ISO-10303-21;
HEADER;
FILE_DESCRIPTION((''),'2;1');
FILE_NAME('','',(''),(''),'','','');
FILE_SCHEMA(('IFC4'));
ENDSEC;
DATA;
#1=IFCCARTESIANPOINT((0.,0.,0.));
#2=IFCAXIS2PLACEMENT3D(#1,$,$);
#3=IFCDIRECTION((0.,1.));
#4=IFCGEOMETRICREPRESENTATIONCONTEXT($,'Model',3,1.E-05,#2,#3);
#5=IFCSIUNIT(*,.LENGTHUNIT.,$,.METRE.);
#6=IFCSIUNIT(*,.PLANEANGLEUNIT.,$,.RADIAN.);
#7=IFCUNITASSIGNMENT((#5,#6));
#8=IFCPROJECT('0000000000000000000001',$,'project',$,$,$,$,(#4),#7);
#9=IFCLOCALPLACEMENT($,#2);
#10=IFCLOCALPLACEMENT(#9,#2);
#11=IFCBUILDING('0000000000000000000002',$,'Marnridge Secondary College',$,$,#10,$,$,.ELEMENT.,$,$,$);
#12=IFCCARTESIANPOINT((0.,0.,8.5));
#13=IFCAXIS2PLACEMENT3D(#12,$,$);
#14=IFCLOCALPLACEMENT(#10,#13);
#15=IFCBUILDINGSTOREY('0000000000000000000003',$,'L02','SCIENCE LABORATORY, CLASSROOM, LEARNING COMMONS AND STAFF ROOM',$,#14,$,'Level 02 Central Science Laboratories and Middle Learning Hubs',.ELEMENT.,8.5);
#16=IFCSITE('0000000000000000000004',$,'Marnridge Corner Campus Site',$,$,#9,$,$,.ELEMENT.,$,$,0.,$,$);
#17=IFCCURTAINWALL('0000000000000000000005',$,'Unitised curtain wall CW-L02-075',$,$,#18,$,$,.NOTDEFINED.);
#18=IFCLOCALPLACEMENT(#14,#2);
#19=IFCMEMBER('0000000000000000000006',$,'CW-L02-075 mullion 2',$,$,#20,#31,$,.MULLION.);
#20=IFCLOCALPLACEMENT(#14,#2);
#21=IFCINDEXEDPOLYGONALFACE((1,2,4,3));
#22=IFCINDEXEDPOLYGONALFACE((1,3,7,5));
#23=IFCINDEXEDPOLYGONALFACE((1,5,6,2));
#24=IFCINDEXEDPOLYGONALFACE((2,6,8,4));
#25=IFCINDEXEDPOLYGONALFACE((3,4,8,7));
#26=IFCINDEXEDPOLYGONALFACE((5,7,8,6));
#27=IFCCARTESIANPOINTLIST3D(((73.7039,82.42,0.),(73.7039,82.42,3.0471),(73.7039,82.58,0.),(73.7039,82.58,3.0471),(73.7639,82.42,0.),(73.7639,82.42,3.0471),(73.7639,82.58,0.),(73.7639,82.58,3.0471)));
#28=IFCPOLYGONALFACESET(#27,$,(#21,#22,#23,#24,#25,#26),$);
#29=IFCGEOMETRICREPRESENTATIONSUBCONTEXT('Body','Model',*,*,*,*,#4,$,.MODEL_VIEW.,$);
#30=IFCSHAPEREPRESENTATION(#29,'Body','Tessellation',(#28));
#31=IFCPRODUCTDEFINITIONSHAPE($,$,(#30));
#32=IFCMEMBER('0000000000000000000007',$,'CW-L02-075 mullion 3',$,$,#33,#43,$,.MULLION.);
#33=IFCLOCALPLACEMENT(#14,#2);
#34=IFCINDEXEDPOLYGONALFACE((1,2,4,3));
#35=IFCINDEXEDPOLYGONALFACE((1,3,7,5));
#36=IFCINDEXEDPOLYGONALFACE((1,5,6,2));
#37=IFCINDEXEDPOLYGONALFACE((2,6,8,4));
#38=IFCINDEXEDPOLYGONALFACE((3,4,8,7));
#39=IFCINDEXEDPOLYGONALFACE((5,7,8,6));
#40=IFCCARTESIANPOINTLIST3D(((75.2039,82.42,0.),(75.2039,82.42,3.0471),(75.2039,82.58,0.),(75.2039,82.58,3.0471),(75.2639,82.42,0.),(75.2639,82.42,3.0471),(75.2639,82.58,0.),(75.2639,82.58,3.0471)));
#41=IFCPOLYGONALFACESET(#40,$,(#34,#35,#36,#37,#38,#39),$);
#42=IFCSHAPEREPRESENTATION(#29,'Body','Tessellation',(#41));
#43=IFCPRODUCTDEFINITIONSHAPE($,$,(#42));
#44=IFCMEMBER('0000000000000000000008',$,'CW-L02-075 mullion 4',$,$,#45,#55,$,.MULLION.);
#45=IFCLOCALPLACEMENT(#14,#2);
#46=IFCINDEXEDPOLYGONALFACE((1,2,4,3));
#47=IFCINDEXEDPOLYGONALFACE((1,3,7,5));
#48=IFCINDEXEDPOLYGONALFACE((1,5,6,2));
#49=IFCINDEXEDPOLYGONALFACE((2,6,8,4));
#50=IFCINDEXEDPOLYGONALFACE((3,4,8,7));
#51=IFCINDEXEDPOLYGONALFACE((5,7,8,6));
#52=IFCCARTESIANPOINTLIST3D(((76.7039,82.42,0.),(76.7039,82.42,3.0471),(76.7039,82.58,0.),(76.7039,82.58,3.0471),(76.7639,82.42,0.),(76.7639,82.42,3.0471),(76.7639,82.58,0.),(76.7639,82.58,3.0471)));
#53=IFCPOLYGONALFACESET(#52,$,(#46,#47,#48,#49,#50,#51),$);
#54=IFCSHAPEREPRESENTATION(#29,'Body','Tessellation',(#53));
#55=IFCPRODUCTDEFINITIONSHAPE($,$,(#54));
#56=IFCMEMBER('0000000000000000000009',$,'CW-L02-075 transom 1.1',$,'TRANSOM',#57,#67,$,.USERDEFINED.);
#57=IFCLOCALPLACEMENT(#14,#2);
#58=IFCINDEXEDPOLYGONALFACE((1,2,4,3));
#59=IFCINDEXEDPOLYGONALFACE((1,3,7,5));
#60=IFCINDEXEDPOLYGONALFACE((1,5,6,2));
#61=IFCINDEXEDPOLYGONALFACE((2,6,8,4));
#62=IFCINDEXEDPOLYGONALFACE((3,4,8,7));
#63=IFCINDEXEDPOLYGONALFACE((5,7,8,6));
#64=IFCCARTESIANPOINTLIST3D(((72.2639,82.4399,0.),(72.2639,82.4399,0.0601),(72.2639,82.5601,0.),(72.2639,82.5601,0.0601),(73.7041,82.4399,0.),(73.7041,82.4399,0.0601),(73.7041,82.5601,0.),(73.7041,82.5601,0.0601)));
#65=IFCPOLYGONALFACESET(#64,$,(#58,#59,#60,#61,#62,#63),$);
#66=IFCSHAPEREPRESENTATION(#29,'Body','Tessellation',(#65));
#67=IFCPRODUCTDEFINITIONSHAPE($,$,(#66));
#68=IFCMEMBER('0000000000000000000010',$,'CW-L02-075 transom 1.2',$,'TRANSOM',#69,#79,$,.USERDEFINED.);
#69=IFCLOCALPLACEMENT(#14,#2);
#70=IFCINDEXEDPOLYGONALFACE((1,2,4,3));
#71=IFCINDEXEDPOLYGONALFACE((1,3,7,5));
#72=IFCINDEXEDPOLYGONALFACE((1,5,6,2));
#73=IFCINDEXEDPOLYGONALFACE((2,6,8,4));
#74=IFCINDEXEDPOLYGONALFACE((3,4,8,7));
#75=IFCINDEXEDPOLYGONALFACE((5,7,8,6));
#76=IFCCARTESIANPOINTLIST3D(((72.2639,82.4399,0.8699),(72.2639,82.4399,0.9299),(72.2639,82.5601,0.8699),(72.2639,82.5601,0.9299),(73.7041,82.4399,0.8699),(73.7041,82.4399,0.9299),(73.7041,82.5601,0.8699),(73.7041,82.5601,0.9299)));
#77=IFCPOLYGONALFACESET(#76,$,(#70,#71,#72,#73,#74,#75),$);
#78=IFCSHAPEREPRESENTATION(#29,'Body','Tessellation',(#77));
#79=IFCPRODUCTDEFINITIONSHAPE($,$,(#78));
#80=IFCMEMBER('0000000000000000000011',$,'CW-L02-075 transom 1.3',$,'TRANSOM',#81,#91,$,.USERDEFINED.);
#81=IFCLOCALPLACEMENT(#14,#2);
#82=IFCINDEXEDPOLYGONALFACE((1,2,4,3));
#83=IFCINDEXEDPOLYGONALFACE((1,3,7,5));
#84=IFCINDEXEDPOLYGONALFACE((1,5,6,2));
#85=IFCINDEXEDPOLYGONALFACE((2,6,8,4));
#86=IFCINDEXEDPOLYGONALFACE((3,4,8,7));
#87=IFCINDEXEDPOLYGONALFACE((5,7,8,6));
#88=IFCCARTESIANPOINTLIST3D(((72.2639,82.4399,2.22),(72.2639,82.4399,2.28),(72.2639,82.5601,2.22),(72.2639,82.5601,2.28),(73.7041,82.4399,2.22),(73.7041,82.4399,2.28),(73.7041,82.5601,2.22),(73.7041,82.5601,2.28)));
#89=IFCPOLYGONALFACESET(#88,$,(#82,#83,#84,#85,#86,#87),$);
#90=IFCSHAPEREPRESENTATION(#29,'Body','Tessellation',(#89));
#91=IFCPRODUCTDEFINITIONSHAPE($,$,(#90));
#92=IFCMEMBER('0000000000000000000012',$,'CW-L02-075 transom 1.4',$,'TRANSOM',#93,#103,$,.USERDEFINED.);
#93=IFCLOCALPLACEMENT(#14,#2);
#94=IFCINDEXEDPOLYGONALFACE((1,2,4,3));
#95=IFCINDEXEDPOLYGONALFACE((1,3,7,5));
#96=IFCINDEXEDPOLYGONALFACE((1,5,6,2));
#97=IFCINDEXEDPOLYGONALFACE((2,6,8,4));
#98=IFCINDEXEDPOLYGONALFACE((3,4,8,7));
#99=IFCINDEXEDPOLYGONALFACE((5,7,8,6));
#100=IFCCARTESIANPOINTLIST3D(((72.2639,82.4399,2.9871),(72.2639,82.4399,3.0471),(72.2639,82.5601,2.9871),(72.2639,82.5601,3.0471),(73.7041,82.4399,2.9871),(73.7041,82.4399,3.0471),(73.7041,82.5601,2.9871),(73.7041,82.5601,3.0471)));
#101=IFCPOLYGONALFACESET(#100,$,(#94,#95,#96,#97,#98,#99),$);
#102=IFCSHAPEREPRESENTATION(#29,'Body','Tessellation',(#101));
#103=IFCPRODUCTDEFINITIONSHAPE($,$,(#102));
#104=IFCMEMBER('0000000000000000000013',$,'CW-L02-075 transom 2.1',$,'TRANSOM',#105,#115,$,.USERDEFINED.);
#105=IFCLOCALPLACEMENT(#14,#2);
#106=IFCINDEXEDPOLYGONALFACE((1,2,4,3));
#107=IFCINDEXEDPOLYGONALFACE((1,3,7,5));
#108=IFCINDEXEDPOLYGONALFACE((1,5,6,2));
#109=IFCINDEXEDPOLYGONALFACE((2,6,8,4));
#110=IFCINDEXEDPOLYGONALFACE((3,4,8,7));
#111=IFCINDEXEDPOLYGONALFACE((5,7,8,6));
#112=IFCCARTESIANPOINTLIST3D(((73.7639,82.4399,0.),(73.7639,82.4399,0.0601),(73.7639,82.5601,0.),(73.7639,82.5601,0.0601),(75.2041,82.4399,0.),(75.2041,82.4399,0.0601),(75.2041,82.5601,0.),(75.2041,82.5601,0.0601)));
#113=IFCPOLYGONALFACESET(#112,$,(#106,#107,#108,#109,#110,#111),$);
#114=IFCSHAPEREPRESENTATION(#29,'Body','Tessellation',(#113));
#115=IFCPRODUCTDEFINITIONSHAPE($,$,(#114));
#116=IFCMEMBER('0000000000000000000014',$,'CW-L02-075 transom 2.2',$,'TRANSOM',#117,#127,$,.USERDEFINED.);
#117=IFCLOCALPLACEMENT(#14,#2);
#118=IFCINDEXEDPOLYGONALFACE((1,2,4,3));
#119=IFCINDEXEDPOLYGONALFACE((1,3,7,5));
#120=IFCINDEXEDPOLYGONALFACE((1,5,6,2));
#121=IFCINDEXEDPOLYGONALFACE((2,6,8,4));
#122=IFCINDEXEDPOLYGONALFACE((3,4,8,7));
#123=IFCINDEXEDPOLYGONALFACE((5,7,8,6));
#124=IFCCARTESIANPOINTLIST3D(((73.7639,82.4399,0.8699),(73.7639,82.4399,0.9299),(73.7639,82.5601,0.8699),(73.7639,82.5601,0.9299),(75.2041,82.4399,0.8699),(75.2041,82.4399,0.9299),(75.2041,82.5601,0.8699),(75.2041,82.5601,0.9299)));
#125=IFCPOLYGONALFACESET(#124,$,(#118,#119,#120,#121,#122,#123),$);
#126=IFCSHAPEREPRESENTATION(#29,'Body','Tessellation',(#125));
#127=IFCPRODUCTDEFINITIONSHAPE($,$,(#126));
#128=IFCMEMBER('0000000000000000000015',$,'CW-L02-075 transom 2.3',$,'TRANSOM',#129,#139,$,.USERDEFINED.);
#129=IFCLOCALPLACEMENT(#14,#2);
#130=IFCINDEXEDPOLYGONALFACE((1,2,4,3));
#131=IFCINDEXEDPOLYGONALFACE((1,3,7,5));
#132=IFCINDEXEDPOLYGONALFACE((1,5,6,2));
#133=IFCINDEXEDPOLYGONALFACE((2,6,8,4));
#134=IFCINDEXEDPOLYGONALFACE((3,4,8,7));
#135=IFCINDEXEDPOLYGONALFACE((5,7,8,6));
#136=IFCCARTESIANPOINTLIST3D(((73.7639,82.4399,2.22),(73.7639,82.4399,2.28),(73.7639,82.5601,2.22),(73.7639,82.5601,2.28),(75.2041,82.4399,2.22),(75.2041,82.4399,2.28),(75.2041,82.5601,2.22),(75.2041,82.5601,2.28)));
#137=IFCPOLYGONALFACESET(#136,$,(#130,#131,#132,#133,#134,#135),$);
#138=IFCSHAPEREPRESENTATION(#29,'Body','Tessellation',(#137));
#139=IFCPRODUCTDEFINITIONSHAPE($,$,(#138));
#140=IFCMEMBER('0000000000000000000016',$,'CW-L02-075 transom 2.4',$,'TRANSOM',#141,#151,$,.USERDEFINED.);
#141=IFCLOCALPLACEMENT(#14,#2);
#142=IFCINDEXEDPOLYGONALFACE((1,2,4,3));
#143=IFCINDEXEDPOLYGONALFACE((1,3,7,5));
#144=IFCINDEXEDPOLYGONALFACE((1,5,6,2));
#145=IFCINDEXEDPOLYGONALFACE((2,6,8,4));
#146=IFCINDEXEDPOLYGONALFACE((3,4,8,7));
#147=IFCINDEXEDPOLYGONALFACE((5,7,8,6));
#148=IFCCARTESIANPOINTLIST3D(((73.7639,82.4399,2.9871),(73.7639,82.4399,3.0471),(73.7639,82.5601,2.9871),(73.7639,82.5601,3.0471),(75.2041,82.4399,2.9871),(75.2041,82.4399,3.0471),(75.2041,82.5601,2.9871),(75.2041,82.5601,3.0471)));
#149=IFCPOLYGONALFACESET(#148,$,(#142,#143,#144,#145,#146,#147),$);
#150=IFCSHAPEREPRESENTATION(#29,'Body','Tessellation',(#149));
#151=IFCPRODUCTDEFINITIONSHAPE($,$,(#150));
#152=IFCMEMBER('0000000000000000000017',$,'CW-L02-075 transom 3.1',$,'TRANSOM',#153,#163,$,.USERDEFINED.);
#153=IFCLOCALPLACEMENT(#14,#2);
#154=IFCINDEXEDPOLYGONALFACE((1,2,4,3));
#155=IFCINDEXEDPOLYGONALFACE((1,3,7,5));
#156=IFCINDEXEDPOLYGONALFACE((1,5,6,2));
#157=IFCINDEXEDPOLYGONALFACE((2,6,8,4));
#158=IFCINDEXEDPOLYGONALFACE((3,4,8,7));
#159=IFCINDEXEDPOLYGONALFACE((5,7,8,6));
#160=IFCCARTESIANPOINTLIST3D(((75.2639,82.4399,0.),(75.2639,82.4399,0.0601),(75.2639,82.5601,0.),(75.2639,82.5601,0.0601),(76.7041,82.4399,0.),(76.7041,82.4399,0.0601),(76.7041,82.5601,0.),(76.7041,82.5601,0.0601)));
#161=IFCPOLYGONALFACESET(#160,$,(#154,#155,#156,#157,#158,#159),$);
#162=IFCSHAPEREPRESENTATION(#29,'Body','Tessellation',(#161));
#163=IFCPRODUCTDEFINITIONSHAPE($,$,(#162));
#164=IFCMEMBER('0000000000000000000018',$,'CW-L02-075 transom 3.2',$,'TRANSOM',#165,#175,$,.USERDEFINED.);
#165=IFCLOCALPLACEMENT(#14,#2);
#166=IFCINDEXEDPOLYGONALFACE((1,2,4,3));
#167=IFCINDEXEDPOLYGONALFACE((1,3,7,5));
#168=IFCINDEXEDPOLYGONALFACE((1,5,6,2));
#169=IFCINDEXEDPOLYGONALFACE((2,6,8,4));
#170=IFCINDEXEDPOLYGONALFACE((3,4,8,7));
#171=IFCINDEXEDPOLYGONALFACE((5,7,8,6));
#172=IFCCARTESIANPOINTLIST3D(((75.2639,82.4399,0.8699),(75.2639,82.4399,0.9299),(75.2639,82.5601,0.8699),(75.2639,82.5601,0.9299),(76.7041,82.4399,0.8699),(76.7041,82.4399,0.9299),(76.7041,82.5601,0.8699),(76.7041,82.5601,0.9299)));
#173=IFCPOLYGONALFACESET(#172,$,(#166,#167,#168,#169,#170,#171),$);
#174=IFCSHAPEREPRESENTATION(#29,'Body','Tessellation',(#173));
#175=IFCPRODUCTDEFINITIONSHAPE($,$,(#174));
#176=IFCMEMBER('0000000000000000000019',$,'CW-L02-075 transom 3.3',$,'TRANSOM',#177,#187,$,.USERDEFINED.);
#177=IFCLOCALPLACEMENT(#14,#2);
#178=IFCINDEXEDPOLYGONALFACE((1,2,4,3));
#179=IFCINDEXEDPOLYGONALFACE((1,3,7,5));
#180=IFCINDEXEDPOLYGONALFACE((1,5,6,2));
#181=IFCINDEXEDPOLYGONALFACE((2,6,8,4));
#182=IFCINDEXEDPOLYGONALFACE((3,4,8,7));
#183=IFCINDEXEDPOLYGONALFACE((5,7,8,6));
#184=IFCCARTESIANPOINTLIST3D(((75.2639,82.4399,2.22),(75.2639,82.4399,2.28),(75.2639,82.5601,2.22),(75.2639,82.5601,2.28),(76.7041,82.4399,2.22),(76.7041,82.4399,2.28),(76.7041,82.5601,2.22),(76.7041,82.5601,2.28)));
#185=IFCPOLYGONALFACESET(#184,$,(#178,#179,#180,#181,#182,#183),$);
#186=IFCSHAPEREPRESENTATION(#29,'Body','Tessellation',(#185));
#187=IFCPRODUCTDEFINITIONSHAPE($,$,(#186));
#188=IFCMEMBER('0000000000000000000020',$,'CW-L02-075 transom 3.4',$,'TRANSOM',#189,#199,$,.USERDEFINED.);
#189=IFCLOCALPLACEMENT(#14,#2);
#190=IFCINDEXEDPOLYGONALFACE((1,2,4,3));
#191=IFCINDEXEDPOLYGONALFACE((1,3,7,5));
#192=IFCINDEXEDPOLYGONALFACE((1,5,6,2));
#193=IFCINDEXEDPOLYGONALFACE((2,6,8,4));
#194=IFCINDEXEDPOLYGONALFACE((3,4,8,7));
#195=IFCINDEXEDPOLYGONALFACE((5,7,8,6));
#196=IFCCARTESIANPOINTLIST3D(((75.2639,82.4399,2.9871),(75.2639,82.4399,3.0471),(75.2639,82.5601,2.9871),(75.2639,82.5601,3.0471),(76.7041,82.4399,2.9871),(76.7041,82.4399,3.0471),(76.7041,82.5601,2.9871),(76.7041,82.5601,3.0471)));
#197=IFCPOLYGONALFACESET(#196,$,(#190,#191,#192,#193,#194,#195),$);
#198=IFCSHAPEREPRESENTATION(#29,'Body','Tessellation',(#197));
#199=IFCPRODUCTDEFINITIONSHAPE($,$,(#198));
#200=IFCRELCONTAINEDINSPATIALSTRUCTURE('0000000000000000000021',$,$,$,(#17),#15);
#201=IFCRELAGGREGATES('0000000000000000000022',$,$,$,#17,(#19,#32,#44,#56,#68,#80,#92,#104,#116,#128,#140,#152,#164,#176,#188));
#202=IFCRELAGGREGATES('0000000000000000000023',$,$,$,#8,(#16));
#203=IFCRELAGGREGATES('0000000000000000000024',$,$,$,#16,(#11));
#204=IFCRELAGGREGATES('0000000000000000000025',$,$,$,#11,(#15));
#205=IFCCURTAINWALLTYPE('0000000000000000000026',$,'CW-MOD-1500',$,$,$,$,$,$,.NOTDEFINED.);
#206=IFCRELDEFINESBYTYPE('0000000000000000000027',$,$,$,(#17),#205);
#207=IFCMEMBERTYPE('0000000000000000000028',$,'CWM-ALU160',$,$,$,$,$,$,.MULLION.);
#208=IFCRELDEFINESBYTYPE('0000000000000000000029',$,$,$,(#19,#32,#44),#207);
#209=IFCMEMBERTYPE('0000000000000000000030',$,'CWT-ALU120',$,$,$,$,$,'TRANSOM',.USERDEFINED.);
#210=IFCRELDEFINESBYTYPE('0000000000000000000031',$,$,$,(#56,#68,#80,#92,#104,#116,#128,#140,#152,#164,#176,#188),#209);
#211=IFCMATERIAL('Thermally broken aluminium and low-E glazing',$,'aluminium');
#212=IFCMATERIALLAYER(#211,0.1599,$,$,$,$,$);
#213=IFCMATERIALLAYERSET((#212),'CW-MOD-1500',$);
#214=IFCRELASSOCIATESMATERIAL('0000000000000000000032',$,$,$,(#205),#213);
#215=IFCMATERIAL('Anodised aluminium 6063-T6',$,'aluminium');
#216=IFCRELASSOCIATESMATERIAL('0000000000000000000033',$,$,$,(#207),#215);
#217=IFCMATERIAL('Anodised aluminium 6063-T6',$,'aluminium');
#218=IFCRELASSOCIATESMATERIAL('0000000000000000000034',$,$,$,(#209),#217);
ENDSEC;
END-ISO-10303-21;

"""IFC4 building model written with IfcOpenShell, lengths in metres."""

from ifc_helpers import new_model, si_unit, direction, frame, origin, origin_2d, place, context, subcontext, project, spatial, rectangle, extrude, material, layer, layer_set, material_profile, profile_set, type_object, element, aggregate, save


model = new_model("IFC4")

# Units and contexts
model_context = context("Model", 3, precision=1e-05, world=origin(), true_north=direction((0.0, 1.0)))
body_context = subcontext(model_context, "Body", "Model", "MODEL_VIEW")
ifc_project = project(units=[si_unit("LENGTHUNIT", "METRE"), si_unit("PLANEANGLEUNIT", "RADIAN")], contexts=[model_context])

# Site, building, storey
site_placement = place(None, origin())
site = spatial("IfcSite", under=ifc_project, at=site_placement, Name="Marnridge Corner Campus Site", CompositionType="ELEMENT", RefElevation=0.0)
building_placement = place(site_placement, origin())
building = spatial("IfcBuilding", under=site, at=building_placement, Name="Marnridge Secondary College", CompositionType="ELEMENT")
storey_placement = place(building_placement, frame((0.0, 0.0, 8.5)))
storey = spatial("IfcBuildingStorey", under=building, at=storey_placement, Name="L02", Description="SCIENCE LABORATORY, CLASSROOM, LEARNING COMMONS AND STAFF ROOM", LongName="Level 02 Central Science Laboratories and Middle Learning Hubs", CompositionType="ELEMENT", Elevation=8.5)

# Curtain wall, members
ifc_material_1 = material(Name="Thermally broken aluminium and low-E glazing", Category="aluminium")
ifc_layer_1 = layer(ifc_material_1, 0.1599)
ifc_layer_set_1 = layer_set([ifc_layer_1], Name="CW-MOD-1500")
curtain_wall_type = type_object("IfcCurtainWallType", Name="CW-MOD-1500", PredefinedType="NOTDEFINED", material=ifc_layer_set_1)
curtain_wall_placement = place(storey_placement, origin())
curtain_wall = element("IfcCurtainWall", 1, at=curtain_wall_placement, inside=storey, type_object=curtain_wall_type, Name="Unitised curtain wall CW-L02-075", PredefinedType="NOTDEFINED")
ifc_material_2 = material(Name="Anodised aluminium 6063-T6", Category="aluminium")
ifc_material_profile_1 = material_profile(ifc_material_2, rectangle(XDim=0.0601, YDim=0.1599, at=origin_2d()), Name="ALU 60x160")
ifc_profile_set_1 = profile_set([ifc_material_profile_1], Name="Anodised aluminium 6063-T6")
member_type_1 = type_object("IfcMemberType", Name="CWM-ALU160", PredefinedType="MULLION", material=ifc_profile_set_1)
member_1_placement = place(storey_placement, frame((73.7339, 82.5, 0.0), z_axis=(0.0, 0.0, 1.0), x_axis=(1.0, 0.0, 0.0)))
member_1 = element("IfcMember", 2, at=member_1_placement, type_object=member_type_1, Name="CW-L02-075 mullion 2", PredefinedType="MULLION", context=body_context, shape_type="SweptSolid", body=[
    extrude(rectangle(XDim=0.0601, YDim=0.1599, at=origin_2d()), origin(), (0.0, 0.0, 1.0), 3.0471),
])
member_2_placement = place(storey_placement, frame((75.2339, 82.5, 0.0), z_axis=(0.0, 0.0, 1.0), x_axis=(1.0, 0.0, 0.0)))
member_2 = element("IfcMember", 3, at=member_2_placement, type_object=member_type_1, Name="CW-L02-075 mullion 3", PredefinedType="MULLION", context=body_context, shape_type="SweptSolid", body=[
    extrude(rectangle(XDim=0.0601, YDim=0.1599, at=origin_2d()), origin(), (0.0, 0.0, 1.0), 3.0471),
])
member_3_placement = place(storey_placement, frame((76.7339, 82.5, 0.0), z_axis=(0.0, 0.0, 1.0), x_axis=(1.0, 0.0, 0.0)))
member_3 = element("IfcMember", 4, at=member_3_placement, type_object=member_type_1, Name="CW-L02-075 mullion 4", PredefinedType="MULLION", context=body_context, shape_type="SweptSolid", body=[
    extrude(rectangle(XDim=0.0601, YDim=0.1599, at=origin_2d()), origin(), (0.0, 0.0, 1.0), 3.0471),
])
ifc_material_3 = material(Name="Anodised aluminium 6063-T6", Category="aluminium")
ifc_material_profile_2 = material_profile(ifc_material_3, rectangle(XDim=0.0601, YDim=0.1201, at=origin_2d()), Name="ALU 60x120")
ifc_profile_set_2 = profile_set([ifc_material_profile_2], Name="Anodised aluminium 6063-T6")
member_type_2 = type_object("IfcMemberType", Name="CWT-ALU120", ElementType="TRANSOM", PredefinedType="USERDEFINED", material=ifc_profile_set_2)
member_4_placement = place(storey_placement, frame((72.2639, 82.5, 0.03), z_axis=(1.0, 0.0, 0.0), x_axis=(0.0, 0.0, 1.0)))
member_4 = element("IfcMember", 5, at=member_4_placement, type_object=member_type_2, Name="CW-L02-075 transom 1.1", ObjectType="TRANSOM", PredefinedType="USERDEFINED", context=body_context, shape_type="SweptSolid", body=[
    extrude(rectangle(XDim=0.0601, YDim=0.1201, at=origin_2d()), origin(), (0.0, 0.0, 1.0), 1.4402),
])
member_5_placement = place(storey_placement, frame((72.2639, 82.5, 0.8999), z_axis=(1.0, 0.0, 0.0), x_axis=(0.0, 0.0, 1.0)))
member_5 = element("IfcMember", 6, at=member_5_placement, type_object=member_type_2, Name="CW-L02-075 transom 1.2", ObjectType="TRANSOM", PredefinedType="USERDEFINED", context=body_context, shape_type="SweptSolid", body=[
    extrude(rectangle(XDim=0.0601, YDim=0.1201, at=origin_2d()), origin(), (0.0, 0.0, 1.0), 1.4402),
])
member_6_placement = place(storey_placement, frame((72.2639, 82.5, 2.25), z_axis=(1.0, 0.0, 0.0), x_axis=(0.0, 0.0, 1.0)))
member_6 = element("IfcMember", 7, at=member_6_placement, type_object=member_type_2, Name="CW-L02-075 transom 1.3", ObjectType="TRANSOM", PredefinedType="USERDEFINED", context=body_context, shape_type="SweptSolid", body=[
    extrude(rectangle(XDim=0.0601, YDim=0.1201, at=origin_2d()), origin(), (0.0, 0.0, 1.0), 1.4402),
])
member_7_placement = place(storey_placement, frame((72.2639, 82.5, 3.0171), z_axis=(1.0, 0.0, 0.0), x_axis=(0.0, 0.0, 1.0)))
member_7 = element("IfcMember", 8, at=member_7_placement, type_object=member_type_2, Name="CW-L02-075 transom 1.4", ObjectType="TRANSOM", PredefinedType="USERDEFINED", context=body_context, shape_type="SweptSolid", body=[
    extrude(rectangle(XDim=0.0601, YDim=0.1201, at=origin_2d()), origin(), (0.0, 0.0, 1.0), 1.4402),
])
member_8_placement = place(storey_placement, frame((73.7639, 82.5, 0.03), z_axis=(1.0, 0.0, 0.0), x_axis=(0.0, 0.0, 1.0)))
member_8 = element("IfcMember", 9, at=member_8_placement, type_object=member_type_2, Name="CW-L02-075 transom 2.1", ObjectType="TRANSOM", PredefinedType="USERDEFINED", context=body_context, shape_type="SweptSolid", body=[
    extrude(rectangle(XDim=0.0601, YDim=0.1201, at=origin_2d()), origin(), (0.0, 0.0, 1.0), 1.4402),
])
member_9_placement = place(storey_placement, frame((73.7639, 82.5, 0.8999), z_axis=(1.0, 0.0, 0.0), x_axis=(0.0, 0.0, 1.0)))
member_9 = element("IfcMember", 10, at=member_9_placement, type_object=member_type_2, Name="CW-L02-075 transom 2.2", ObjectType="TRANSOM", PredefinedType="USERDEFINED", context=body_context, shape_type="SweptSolid", body=[
    extrude(rectangle(XDim=0.0601, YDim=0.1201, at=origin_2d()), origin(), (0.0, 0.0, 1.0), 1.4402),
])
member_10_placement = place(storey_placement, frame((73.7639, 82.5, 2.25), z_axis=(1.0, 0.0, 0.0), x_axis=(0.0, 0.0, 1.0)))
member_10 = element("IfcMember", 11, at=member_10_placement, type_object=member_type_2, Name="CW-L02-075 transom 2.3", ObjectType="TRANSOM", PredefinedType="USERDEFINED", context=body_context, shape_type="SweptSolid", body=[
    extrude(rectangle(XDim=0.0601, YDim=0.1201, at=origin_2d()), origin(), (0.0, 0.0, 1.0), 1.4402),
])
member_11_placement = place(storey_placement, frame((73.7639, 82.5, 3.0171), z_axis=(1.0, 0.0, 0.0), x_axis=(0.0, 0.0, 1.0)))
member_11 = element("IfcMember", 12, at=member_11_placement, type_object=member_type_2, Name="CW-L02-075 transom 2.4", ObjectType="TRANSOM", PredefinedType="USERDEFINED", context=body_context, shape_type="SweptSolid", body=[
    extrude(rectangle(XDim=0.0601, YDim=0.1201, at=origin_2d()), origin(), (0.0, 0.0, 1.0), 1.4402),
])
member_12_placement = place(storey_placement, frame((75.2639, 82.5, 0.03), z_axis=(1.0, 0.0, 0.0), x_axis=(0.0, 0.0, 1.0)))
member_12 = element("IfcMember", 13, at=member_12_placement, type_object=member_type_2, Name="CW-L02-075 transom 3.1", ObjectType="TRANSOM", PredefinedType="USERDEFINED", context=body_context, shape_type="SweptSolid", body=[
    extrude(rectangle(XDim=0.0601, YDim=0.1201, at=origin_2d()), origin(), (0.0, 0.0, 1.0), 1.4402),
])
member_13_placement = place(storey_placement, frame((75.2639, 82.5, 0.8999), z_axis=(1.0, 0.0, 0.0), x_axis=(0.0, 0.0, 1.0)))
member_13 = element("IfcMember", 14, at=member_13_placement, type_object=member_type_2, Name="CW-L02-075 transom 3.2", ObjectType="TRANSOM", PredefinedType="USERDEFINED", context=body_context, shape_type="SweptSolid", body=[
    extrude(rectangle(XDim=0.0601, YDim=0.1201, at=origin_2d()), origin(), (0.0, 0.0, 1.0), 1.4402),
])
member_14_placement = place(storey_placement, frame((75.2639, 82.5, 2.25), z_axis=(1.0, 0.0, 0.0), x_axis=(0.0, 0.0, 1.0)))
member_14 = element("IfcMember", 15, at=member_14_placement, type_object=member_type_2, Name="CW-L02-075 transom 3.3", ObjectType="TRANSOM", PredefinedType="USERDEFINED", context=body_context, shape_type="SweptSolid", body=[
    extrude(rectangle(XDim=0.0601, YDim=0.1201, at=origin_2d()), origin(), (0.0, 0.0, 1.0), 1.4402),
])
member_15_placement = place(storey_placement, frame((75.2639, 82.5, 3.0171), z_axis=(1.0, 0.0, 0.0), x_axis=(0.0, 0.0, 1.0)))
member_15 = element("IfcMember", 16, at=member_15_placement, type_object=member_type_2, Name="CW-L02-075 transom 3.4", ObjectType="TRANSOM", PredefinedType="USERDEFINED", context=body_context, shape_type="SweptSolid", body=[
    extrude(rectangle(XDim=0.0601, YDim=0.1201, at=origin_2d()), origin(), (0.0, 0.0, 1.0), 1.4402),
])
aggregate(curtain_wall, [member_1, member_2, member_3, member_4, member_5, member_6, member_7, member_8, member_9, member_10, member_11, member_12, member_13, member_14, member_15])

save(model, "model.ifc")
